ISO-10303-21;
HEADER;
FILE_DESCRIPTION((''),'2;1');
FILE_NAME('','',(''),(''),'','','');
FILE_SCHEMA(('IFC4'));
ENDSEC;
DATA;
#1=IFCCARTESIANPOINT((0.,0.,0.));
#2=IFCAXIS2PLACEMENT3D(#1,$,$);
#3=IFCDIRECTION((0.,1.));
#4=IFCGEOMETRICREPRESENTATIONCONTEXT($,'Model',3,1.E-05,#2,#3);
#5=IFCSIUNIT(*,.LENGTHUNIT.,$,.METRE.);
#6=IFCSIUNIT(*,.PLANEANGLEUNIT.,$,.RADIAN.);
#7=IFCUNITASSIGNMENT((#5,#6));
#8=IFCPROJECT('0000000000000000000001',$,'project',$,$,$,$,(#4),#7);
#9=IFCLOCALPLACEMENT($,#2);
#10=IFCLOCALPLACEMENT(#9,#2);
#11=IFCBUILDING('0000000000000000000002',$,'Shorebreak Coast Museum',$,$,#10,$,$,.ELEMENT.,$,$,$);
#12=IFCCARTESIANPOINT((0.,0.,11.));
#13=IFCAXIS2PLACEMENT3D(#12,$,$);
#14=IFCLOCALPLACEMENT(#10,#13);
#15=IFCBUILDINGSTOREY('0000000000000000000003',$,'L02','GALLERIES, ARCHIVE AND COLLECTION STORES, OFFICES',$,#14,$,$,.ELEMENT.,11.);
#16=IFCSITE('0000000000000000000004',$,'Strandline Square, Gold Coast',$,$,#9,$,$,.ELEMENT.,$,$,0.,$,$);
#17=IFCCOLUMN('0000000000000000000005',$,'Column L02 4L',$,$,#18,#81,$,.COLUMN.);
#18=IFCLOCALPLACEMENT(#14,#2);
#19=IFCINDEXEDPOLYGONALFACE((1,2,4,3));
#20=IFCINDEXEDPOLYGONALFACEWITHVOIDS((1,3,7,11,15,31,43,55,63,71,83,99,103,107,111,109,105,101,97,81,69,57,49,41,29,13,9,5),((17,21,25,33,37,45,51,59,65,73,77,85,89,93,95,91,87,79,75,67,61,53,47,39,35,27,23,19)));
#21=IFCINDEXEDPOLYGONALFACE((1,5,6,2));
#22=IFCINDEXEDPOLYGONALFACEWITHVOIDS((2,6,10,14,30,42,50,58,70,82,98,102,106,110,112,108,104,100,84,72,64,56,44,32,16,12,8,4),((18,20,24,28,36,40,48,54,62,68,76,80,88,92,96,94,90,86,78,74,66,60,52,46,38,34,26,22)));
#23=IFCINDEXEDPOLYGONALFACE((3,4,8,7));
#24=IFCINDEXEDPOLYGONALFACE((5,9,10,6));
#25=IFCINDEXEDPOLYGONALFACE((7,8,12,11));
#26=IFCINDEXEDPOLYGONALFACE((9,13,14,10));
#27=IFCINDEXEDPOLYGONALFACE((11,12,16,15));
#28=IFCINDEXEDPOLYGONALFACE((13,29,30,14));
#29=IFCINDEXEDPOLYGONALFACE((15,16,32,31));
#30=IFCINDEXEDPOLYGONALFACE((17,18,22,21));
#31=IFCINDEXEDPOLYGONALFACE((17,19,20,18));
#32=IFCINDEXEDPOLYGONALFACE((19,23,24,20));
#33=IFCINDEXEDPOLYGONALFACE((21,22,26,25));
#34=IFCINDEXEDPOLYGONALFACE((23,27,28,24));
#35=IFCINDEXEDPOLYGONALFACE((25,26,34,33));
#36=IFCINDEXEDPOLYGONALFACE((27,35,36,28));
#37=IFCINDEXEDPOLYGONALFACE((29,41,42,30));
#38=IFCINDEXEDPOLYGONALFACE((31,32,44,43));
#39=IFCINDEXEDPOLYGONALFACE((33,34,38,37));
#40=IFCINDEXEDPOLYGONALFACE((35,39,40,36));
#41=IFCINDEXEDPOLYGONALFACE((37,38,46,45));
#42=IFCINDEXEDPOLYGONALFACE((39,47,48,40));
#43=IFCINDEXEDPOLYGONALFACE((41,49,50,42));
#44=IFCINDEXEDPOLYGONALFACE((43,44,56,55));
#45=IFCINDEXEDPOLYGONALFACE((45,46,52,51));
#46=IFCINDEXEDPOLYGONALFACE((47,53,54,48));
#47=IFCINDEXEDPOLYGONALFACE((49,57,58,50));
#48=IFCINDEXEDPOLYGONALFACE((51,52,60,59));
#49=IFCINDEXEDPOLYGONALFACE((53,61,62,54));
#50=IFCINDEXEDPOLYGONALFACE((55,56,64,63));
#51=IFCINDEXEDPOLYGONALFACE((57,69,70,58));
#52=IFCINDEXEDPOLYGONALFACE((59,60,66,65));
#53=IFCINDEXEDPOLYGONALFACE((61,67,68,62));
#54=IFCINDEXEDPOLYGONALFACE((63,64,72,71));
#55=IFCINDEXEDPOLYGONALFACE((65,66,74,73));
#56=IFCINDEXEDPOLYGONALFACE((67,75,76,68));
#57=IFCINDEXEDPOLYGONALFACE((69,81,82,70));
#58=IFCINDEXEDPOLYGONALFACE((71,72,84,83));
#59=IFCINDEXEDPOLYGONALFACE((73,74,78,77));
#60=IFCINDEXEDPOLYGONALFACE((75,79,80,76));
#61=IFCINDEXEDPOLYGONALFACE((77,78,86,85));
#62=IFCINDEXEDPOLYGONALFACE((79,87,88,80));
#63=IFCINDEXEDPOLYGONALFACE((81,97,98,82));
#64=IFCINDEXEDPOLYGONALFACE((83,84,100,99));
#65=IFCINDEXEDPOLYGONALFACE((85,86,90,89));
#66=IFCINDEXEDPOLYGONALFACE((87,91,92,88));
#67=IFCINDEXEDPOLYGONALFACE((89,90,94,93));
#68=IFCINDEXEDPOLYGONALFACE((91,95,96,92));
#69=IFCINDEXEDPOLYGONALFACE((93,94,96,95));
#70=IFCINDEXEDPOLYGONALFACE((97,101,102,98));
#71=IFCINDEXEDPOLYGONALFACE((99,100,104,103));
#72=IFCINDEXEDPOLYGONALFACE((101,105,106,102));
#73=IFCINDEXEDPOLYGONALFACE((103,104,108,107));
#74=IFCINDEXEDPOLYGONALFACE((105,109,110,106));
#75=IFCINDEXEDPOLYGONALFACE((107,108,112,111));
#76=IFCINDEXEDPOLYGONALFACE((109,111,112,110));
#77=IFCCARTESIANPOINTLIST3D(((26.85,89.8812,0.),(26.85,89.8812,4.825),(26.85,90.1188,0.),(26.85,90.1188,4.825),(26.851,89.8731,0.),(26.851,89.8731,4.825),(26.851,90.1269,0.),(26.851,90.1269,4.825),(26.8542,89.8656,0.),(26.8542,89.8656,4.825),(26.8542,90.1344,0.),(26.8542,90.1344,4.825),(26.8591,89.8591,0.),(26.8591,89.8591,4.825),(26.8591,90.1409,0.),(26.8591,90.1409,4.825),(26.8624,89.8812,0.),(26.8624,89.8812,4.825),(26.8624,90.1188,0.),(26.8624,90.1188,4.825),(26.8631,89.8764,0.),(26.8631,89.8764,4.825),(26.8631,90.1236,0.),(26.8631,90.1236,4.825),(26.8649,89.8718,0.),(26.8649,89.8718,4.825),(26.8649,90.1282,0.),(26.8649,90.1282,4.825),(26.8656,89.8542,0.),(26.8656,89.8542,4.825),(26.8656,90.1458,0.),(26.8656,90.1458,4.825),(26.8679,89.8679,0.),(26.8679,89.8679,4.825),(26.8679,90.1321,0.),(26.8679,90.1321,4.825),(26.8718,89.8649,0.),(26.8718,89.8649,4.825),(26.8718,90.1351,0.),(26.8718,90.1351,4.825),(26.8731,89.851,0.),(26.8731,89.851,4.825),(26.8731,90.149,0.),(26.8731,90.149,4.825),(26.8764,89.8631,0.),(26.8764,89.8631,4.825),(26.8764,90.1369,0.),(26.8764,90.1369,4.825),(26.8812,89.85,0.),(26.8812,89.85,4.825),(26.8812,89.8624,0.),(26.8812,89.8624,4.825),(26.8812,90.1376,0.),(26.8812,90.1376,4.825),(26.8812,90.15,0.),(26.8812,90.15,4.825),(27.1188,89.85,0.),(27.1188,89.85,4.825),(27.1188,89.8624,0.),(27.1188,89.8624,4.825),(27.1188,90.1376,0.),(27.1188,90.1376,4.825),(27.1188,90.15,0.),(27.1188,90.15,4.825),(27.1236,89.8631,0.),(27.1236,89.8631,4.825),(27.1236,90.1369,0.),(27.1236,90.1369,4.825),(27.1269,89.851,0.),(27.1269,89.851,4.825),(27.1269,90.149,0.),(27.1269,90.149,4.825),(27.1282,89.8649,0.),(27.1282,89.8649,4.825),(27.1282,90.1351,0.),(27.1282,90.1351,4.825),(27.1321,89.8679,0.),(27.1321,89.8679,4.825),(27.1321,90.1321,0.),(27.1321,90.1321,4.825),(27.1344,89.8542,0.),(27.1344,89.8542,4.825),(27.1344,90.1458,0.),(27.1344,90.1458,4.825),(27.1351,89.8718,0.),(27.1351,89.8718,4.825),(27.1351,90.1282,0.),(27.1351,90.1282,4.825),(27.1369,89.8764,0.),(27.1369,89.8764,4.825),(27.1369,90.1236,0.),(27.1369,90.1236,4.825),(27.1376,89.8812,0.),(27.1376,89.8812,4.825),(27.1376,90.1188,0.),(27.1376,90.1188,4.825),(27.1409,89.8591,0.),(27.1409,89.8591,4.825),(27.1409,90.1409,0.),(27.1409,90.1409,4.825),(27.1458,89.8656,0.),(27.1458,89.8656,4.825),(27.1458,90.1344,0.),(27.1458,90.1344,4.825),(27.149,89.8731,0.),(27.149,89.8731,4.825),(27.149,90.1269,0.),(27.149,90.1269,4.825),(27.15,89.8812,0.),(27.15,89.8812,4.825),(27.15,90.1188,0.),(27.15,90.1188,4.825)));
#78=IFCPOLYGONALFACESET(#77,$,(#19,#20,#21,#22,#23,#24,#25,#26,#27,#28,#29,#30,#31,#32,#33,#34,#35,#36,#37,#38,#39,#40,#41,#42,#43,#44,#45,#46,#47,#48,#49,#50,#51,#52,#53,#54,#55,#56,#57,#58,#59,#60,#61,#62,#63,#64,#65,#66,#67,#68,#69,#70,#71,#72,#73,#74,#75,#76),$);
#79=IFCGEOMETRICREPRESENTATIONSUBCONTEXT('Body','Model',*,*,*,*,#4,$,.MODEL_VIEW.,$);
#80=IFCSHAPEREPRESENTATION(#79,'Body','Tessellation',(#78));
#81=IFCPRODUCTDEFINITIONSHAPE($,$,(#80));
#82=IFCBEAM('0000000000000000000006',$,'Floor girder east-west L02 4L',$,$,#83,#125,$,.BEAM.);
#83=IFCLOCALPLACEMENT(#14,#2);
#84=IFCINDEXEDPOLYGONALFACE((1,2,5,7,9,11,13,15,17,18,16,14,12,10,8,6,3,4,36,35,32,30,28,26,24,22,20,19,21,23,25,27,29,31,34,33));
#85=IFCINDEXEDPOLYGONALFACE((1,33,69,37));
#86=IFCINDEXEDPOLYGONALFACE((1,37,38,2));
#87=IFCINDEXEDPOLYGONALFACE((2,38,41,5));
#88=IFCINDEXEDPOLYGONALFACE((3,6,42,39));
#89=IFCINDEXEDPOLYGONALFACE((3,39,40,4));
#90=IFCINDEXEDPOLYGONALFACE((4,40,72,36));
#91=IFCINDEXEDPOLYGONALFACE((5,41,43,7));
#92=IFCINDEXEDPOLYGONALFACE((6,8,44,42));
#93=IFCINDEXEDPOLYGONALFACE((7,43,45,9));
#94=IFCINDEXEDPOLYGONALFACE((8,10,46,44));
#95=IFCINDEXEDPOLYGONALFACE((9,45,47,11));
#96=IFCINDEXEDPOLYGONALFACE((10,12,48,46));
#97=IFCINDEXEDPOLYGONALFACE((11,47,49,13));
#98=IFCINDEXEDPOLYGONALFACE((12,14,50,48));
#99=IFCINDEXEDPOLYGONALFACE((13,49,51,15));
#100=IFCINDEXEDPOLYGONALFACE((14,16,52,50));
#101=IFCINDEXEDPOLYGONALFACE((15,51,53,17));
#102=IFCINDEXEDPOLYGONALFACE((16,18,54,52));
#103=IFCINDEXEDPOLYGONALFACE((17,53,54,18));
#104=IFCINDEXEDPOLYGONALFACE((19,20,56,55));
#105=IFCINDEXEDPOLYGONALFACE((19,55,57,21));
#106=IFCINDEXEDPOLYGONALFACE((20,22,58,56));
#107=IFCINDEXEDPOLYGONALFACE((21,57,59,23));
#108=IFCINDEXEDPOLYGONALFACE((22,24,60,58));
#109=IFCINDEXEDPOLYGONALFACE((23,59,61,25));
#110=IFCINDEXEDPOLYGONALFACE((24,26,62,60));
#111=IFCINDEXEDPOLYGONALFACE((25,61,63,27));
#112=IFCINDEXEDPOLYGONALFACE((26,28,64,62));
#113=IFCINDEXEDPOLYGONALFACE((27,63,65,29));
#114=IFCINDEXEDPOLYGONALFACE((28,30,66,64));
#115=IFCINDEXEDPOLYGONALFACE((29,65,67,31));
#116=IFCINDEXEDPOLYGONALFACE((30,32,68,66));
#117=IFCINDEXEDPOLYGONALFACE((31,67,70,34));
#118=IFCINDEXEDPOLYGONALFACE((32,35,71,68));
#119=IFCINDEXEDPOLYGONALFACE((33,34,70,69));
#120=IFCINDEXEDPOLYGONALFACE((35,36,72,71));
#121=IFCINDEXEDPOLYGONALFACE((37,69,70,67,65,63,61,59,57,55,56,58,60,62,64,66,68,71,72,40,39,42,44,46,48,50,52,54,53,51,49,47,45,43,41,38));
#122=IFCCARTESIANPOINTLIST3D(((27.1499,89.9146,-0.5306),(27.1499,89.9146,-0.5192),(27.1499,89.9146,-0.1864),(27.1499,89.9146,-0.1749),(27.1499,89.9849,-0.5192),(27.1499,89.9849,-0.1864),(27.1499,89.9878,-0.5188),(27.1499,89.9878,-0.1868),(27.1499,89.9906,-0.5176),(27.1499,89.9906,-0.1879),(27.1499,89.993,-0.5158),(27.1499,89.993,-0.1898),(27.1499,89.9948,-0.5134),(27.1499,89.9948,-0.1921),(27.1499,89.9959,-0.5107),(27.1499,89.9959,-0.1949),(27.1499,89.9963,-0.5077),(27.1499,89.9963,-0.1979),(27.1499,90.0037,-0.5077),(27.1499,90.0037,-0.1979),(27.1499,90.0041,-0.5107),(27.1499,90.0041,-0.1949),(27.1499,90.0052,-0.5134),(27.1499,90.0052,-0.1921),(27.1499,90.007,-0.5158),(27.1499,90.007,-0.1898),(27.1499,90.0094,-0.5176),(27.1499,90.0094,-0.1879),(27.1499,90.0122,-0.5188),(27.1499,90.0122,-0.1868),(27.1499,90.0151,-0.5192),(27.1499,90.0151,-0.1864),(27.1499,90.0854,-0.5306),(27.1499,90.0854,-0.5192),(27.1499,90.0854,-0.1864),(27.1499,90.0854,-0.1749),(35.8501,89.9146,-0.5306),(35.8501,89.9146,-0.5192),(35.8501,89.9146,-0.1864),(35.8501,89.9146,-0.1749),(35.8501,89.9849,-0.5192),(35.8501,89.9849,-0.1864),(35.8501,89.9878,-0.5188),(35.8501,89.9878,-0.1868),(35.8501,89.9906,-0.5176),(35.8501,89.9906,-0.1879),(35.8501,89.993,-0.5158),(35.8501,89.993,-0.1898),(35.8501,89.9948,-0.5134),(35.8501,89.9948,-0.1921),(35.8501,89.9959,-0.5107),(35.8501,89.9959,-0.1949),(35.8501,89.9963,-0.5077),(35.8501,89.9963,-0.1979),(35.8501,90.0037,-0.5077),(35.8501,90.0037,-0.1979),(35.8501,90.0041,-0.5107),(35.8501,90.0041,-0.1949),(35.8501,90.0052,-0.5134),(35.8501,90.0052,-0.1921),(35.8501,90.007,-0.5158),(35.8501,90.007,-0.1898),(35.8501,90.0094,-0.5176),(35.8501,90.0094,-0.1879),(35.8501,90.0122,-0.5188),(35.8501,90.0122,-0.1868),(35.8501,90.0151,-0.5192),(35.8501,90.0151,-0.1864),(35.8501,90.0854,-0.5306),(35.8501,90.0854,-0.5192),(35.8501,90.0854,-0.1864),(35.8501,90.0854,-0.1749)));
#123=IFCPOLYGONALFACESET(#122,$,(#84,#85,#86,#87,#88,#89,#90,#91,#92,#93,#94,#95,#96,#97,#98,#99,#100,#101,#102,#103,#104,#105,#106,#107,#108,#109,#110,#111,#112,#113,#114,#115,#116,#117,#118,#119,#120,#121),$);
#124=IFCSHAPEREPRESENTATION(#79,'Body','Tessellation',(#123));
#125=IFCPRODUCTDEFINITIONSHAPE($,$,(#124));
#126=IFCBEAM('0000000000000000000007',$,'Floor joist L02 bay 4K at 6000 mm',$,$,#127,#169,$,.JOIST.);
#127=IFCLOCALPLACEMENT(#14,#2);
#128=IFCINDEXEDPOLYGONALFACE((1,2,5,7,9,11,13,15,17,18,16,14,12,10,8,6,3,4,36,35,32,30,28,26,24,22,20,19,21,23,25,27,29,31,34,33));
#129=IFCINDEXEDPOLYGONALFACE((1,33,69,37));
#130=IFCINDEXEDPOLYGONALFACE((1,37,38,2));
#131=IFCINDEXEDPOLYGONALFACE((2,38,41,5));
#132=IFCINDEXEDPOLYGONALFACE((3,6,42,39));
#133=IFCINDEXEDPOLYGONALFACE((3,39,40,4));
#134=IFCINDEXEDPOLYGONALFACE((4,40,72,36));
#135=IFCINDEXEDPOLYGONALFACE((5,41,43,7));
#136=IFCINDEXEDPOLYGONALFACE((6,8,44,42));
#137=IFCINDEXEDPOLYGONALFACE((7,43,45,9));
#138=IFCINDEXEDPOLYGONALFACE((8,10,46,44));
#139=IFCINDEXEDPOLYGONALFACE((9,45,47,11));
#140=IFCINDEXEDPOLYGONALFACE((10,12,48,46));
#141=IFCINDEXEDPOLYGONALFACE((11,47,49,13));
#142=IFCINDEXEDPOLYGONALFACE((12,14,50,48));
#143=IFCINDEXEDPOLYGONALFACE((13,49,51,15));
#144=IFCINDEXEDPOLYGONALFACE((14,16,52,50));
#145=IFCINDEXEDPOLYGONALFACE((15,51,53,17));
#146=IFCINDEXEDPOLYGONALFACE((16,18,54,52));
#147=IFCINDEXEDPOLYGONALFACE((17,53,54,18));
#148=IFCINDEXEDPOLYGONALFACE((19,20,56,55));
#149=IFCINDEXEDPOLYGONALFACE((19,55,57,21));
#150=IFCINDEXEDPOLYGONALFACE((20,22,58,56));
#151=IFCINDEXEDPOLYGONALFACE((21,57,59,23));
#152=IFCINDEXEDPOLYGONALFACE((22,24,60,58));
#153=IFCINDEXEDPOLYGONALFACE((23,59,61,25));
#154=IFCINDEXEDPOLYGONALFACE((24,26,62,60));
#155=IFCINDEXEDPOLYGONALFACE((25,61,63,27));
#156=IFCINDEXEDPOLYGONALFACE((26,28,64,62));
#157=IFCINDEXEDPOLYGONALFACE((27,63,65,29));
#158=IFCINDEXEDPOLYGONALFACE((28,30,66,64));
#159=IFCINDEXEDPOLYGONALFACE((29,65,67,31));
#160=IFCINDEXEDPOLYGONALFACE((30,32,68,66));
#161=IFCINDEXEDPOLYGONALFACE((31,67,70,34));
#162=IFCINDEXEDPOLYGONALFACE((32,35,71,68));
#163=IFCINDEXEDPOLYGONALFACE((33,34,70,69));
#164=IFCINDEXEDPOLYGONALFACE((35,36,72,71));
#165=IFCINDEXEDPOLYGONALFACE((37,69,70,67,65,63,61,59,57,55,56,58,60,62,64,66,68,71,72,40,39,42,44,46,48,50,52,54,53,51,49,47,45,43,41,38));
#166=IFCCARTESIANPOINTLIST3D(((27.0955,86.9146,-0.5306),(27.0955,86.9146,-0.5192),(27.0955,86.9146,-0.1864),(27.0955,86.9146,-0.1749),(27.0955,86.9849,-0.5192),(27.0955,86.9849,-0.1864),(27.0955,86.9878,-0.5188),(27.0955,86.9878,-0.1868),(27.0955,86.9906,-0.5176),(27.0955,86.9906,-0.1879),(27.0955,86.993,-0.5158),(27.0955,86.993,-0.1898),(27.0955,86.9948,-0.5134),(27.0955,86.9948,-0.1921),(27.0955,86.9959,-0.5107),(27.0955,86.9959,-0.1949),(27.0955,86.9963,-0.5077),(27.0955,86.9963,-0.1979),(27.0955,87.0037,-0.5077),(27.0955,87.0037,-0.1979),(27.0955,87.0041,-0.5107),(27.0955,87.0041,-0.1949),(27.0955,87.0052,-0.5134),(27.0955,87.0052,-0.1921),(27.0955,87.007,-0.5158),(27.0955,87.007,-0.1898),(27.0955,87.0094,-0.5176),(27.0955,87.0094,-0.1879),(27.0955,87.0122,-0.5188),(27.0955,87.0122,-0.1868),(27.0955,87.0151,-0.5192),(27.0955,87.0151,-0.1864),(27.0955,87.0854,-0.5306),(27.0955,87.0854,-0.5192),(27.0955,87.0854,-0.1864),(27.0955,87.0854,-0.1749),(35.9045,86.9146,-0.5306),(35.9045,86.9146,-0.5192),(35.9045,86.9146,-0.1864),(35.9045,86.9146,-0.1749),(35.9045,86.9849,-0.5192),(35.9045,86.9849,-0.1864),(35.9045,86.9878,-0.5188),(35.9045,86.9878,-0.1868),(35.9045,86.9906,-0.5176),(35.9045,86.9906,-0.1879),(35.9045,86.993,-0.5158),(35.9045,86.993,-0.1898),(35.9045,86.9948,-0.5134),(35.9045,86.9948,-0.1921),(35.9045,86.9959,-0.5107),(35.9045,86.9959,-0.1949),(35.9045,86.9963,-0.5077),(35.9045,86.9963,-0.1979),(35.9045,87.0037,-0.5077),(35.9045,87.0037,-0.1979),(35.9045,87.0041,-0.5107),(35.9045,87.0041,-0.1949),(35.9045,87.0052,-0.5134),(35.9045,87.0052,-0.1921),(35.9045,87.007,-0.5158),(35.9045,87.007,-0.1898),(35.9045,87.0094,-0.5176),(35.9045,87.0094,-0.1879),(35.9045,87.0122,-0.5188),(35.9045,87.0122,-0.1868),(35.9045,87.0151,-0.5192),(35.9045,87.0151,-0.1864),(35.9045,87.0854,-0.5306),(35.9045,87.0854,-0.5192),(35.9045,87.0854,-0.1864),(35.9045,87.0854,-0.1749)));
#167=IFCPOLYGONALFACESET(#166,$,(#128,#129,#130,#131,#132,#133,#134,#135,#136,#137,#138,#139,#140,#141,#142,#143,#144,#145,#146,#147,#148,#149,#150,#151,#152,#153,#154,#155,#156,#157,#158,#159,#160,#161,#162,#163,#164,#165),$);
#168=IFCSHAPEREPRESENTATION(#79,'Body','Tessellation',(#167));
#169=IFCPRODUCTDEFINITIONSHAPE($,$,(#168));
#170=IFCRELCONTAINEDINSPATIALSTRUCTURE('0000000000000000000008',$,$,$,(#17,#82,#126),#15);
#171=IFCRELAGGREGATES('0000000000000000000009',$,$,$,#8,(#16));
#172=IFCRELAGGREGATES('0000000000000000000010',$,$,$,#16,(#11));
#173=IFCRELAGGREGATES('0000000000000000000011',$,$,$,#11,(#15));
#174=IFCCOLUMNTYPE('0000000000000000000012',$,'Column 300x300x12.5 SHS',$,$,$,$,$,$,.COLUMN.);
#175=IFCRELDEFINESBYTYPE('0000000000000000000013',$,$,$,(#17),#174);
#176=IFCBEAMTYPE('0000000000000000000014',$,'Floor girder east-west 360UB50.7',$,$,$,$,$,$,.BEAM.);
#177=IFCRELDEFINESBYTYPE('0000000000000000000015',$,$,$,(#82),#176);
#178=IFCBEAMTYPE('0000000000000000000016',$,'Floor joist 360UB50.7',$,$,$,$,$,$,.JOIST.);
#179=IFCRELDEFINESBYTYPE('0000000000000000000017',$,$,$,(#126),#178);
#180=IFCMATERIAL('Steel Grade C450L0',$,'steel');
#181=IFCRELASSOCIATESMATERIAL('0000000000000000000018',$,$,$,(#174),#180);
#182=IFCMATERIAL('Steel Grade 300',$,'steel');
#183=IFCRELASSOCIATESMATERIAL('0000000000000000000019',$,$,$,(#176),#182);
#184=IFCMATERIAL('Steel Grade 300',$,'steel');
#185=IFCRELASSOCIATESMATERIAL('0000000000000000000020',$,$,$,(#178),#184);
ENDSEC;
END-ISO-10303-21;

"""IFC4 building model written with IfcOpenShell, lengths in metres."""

from ifc_helpers import new_model, si_unit, direction, frame, origin, origin_2d, place, context, subcontext, project, spatial, hollow_rectangle, i_section, extrude, material, material_profile, profile_set, type_object, element, save


model = new_model("IFC4")

# Units and contexts
model_context = context("Model", 3, precision=1e-05, world=origin(), true_north=direction((0.0, 1.0)))
body_context = subcontext(model_context, "Body", "Model", "MODEL_VIEW")
ifc_project = project(units=[si_unit("LENGTHUNIT", "METRE"), si_unit("PLANEANGLEUNIT", "RADIAN")], contexts=[model_context])

# Site, building, storey
site_placement = place(None, origin())
site = spatial("IfcSite", under=ifc_project, at=site_placement, Name="Strandline Square, Gold Coast", CompositionType="ELEMENT", RefElevation=0.0)
building_placement = place(site_placement, origin())
building = spatial("IfcBuilding", under=site, at=building_placement, Name="Shorebreak Coast Museum", CompositionType="ELEMENT")
storey_placement = place(building_placement, frame((0.0, 0.0, 11.0)))
storey = spatial("IfcBuildingStorey", under=building, at=storey_placement, Name="L02", Description="GALLERIES, ARCHIVE AND COLLECTION STORES, OFFICES", CompositionType="ELEMENT", Elevation=11.0)

# Column
ifc_material_1 = material(Name="Steel Grade C450L0", Category="steel")
ifc_material_profile_1 = material_profile(ifc_material_1, hollow_rectangle(XDim=0.3, YDim=0.3, WallThickness=0.0125, InnerFilletRadius=0.0188, OuterFilletRadius=0.0312, at=origin_2d()), Name="300x300x12.5 SHS")
ifc_profile_set_1 = profile_set([ifc_material_profile_1], Name="Steel Grade C450L0")
column_type = type_object("IfcColumnType", Name="Column 300x300x12.5 SHS", PredefinedType="COLUMN", material=ifc_profile_set_1)
column_placement = place(storey_placement, frame((27.0, 90.0, 0.0), z_axis=(0.0, 0.0, 1.0), x_axis=(1.0, 0.0, 0.0)))
element("IfcColumn", 1, at=column_placement, inside=storey, type_object=column_type, Name="Column L02 4L", PredefinedType="COLUMN", context=body_context, shape_type="SweptSolid", body=[
    extrude(hollow_rectangle(XDim=0.3, YDim=0.3, WallThickness=0.0125, InnerFilletRadius=0.0188, OuterFilletRadius=0.0312, at=origin_2d()), origin(), (0.0, 0.0, 1.0), 4.825),
])

# Beams
ifc_material_2 = material(Name="Steel Grade 300", Category="steel")
ifc_material_profile_2 = material_profile(ifc_material_2, i_section(OverallWidth=0.1709, OverallDepth=0.3557, WebThickness=0.0073, FlangeThickness=0.0115, FilletRadius=0.0115, at=origin_2d()), Name="360UB50.7")
ifc_profile_set_2 = profile_set([ifc_material_profile_2], Name="Steel Grade 300")
beam_type_1 = type_object("IfcBeamType", Name="Floor girder east-west 360UB50.7", PredefinedType="BEAM", material=ifc_profile_set_2)
beam_placement = place(storey_placement, frame((27.1499, 90.0, -0.3528), z_axis=(1.0, 0.0, 0.0), x_axis=(0.0, 1.0, 0.0)))
element("IfcBeam", 2, at=beam_placement, inside=storey, type_object=beam_type_1, Name="Floor girder east-west L02 4L", PredefinedType="BEAM", context=body_context, shape_type="SweptSolid", body=[
    extrude(i_section(OverallWidth=0.1709, OverallDepth=0.3557, WebThickness=0.0073, FlangeThickness=0.0115, FilletRadius=0.0115, at=origin_2d()), origin(), (0.0, 0.0, 1.0), 8.7002),
])
ifc_material_3 = material(Name="Steel Grade 300", Category="steel")
ifc_material_profile_3 = material_profile(ifc_material_3, i_section(OverallWidth=0.1709, OverallDepth=0.3557, WebThickness=0.0073, FlangeThickness=0.0115, FilletRadius=0.0115, at=origin_2d()), Name="360UB50.7")
ifc_profile_set_3 = profile_set([ifc_material_profile_3], Name="Steel Grade 300")
beam_type_2 = type_object("IfcBeamType", Name="Floor joist 360UB50.7", PredefinedType="JOIST", material=ifc_profile_set_3)
for number, where, z_axis, x_axis, name in (
    (3, (27.0955, 87.0, -0.3528), (1.0, 0.0, 0.0), (0.0, 1.0, 0.0), "Floor joist L02 bay 4K at 6000 mm"),
):
    element("IfcBeam", number, at=place(storey_placement, frame(where, z_axis=z_axis, x_axis=x_axis)), inside=storey, type_object=beam_type_2, Name=name, PredefinedType="JOIST", context=body_context, shape_type="SweptSolid", body=[
        extrude(i_section(OverallWidth=0.1709, OverallDepth=0.3557, WebThickness=0.0073, FlangeThickness=0.0115, FilletRadius=0.0115, at=origin_2d()), origin(), (0.0, 0.0, 1.0), 8.8091),
    ])

save(model, "model.ifc")
